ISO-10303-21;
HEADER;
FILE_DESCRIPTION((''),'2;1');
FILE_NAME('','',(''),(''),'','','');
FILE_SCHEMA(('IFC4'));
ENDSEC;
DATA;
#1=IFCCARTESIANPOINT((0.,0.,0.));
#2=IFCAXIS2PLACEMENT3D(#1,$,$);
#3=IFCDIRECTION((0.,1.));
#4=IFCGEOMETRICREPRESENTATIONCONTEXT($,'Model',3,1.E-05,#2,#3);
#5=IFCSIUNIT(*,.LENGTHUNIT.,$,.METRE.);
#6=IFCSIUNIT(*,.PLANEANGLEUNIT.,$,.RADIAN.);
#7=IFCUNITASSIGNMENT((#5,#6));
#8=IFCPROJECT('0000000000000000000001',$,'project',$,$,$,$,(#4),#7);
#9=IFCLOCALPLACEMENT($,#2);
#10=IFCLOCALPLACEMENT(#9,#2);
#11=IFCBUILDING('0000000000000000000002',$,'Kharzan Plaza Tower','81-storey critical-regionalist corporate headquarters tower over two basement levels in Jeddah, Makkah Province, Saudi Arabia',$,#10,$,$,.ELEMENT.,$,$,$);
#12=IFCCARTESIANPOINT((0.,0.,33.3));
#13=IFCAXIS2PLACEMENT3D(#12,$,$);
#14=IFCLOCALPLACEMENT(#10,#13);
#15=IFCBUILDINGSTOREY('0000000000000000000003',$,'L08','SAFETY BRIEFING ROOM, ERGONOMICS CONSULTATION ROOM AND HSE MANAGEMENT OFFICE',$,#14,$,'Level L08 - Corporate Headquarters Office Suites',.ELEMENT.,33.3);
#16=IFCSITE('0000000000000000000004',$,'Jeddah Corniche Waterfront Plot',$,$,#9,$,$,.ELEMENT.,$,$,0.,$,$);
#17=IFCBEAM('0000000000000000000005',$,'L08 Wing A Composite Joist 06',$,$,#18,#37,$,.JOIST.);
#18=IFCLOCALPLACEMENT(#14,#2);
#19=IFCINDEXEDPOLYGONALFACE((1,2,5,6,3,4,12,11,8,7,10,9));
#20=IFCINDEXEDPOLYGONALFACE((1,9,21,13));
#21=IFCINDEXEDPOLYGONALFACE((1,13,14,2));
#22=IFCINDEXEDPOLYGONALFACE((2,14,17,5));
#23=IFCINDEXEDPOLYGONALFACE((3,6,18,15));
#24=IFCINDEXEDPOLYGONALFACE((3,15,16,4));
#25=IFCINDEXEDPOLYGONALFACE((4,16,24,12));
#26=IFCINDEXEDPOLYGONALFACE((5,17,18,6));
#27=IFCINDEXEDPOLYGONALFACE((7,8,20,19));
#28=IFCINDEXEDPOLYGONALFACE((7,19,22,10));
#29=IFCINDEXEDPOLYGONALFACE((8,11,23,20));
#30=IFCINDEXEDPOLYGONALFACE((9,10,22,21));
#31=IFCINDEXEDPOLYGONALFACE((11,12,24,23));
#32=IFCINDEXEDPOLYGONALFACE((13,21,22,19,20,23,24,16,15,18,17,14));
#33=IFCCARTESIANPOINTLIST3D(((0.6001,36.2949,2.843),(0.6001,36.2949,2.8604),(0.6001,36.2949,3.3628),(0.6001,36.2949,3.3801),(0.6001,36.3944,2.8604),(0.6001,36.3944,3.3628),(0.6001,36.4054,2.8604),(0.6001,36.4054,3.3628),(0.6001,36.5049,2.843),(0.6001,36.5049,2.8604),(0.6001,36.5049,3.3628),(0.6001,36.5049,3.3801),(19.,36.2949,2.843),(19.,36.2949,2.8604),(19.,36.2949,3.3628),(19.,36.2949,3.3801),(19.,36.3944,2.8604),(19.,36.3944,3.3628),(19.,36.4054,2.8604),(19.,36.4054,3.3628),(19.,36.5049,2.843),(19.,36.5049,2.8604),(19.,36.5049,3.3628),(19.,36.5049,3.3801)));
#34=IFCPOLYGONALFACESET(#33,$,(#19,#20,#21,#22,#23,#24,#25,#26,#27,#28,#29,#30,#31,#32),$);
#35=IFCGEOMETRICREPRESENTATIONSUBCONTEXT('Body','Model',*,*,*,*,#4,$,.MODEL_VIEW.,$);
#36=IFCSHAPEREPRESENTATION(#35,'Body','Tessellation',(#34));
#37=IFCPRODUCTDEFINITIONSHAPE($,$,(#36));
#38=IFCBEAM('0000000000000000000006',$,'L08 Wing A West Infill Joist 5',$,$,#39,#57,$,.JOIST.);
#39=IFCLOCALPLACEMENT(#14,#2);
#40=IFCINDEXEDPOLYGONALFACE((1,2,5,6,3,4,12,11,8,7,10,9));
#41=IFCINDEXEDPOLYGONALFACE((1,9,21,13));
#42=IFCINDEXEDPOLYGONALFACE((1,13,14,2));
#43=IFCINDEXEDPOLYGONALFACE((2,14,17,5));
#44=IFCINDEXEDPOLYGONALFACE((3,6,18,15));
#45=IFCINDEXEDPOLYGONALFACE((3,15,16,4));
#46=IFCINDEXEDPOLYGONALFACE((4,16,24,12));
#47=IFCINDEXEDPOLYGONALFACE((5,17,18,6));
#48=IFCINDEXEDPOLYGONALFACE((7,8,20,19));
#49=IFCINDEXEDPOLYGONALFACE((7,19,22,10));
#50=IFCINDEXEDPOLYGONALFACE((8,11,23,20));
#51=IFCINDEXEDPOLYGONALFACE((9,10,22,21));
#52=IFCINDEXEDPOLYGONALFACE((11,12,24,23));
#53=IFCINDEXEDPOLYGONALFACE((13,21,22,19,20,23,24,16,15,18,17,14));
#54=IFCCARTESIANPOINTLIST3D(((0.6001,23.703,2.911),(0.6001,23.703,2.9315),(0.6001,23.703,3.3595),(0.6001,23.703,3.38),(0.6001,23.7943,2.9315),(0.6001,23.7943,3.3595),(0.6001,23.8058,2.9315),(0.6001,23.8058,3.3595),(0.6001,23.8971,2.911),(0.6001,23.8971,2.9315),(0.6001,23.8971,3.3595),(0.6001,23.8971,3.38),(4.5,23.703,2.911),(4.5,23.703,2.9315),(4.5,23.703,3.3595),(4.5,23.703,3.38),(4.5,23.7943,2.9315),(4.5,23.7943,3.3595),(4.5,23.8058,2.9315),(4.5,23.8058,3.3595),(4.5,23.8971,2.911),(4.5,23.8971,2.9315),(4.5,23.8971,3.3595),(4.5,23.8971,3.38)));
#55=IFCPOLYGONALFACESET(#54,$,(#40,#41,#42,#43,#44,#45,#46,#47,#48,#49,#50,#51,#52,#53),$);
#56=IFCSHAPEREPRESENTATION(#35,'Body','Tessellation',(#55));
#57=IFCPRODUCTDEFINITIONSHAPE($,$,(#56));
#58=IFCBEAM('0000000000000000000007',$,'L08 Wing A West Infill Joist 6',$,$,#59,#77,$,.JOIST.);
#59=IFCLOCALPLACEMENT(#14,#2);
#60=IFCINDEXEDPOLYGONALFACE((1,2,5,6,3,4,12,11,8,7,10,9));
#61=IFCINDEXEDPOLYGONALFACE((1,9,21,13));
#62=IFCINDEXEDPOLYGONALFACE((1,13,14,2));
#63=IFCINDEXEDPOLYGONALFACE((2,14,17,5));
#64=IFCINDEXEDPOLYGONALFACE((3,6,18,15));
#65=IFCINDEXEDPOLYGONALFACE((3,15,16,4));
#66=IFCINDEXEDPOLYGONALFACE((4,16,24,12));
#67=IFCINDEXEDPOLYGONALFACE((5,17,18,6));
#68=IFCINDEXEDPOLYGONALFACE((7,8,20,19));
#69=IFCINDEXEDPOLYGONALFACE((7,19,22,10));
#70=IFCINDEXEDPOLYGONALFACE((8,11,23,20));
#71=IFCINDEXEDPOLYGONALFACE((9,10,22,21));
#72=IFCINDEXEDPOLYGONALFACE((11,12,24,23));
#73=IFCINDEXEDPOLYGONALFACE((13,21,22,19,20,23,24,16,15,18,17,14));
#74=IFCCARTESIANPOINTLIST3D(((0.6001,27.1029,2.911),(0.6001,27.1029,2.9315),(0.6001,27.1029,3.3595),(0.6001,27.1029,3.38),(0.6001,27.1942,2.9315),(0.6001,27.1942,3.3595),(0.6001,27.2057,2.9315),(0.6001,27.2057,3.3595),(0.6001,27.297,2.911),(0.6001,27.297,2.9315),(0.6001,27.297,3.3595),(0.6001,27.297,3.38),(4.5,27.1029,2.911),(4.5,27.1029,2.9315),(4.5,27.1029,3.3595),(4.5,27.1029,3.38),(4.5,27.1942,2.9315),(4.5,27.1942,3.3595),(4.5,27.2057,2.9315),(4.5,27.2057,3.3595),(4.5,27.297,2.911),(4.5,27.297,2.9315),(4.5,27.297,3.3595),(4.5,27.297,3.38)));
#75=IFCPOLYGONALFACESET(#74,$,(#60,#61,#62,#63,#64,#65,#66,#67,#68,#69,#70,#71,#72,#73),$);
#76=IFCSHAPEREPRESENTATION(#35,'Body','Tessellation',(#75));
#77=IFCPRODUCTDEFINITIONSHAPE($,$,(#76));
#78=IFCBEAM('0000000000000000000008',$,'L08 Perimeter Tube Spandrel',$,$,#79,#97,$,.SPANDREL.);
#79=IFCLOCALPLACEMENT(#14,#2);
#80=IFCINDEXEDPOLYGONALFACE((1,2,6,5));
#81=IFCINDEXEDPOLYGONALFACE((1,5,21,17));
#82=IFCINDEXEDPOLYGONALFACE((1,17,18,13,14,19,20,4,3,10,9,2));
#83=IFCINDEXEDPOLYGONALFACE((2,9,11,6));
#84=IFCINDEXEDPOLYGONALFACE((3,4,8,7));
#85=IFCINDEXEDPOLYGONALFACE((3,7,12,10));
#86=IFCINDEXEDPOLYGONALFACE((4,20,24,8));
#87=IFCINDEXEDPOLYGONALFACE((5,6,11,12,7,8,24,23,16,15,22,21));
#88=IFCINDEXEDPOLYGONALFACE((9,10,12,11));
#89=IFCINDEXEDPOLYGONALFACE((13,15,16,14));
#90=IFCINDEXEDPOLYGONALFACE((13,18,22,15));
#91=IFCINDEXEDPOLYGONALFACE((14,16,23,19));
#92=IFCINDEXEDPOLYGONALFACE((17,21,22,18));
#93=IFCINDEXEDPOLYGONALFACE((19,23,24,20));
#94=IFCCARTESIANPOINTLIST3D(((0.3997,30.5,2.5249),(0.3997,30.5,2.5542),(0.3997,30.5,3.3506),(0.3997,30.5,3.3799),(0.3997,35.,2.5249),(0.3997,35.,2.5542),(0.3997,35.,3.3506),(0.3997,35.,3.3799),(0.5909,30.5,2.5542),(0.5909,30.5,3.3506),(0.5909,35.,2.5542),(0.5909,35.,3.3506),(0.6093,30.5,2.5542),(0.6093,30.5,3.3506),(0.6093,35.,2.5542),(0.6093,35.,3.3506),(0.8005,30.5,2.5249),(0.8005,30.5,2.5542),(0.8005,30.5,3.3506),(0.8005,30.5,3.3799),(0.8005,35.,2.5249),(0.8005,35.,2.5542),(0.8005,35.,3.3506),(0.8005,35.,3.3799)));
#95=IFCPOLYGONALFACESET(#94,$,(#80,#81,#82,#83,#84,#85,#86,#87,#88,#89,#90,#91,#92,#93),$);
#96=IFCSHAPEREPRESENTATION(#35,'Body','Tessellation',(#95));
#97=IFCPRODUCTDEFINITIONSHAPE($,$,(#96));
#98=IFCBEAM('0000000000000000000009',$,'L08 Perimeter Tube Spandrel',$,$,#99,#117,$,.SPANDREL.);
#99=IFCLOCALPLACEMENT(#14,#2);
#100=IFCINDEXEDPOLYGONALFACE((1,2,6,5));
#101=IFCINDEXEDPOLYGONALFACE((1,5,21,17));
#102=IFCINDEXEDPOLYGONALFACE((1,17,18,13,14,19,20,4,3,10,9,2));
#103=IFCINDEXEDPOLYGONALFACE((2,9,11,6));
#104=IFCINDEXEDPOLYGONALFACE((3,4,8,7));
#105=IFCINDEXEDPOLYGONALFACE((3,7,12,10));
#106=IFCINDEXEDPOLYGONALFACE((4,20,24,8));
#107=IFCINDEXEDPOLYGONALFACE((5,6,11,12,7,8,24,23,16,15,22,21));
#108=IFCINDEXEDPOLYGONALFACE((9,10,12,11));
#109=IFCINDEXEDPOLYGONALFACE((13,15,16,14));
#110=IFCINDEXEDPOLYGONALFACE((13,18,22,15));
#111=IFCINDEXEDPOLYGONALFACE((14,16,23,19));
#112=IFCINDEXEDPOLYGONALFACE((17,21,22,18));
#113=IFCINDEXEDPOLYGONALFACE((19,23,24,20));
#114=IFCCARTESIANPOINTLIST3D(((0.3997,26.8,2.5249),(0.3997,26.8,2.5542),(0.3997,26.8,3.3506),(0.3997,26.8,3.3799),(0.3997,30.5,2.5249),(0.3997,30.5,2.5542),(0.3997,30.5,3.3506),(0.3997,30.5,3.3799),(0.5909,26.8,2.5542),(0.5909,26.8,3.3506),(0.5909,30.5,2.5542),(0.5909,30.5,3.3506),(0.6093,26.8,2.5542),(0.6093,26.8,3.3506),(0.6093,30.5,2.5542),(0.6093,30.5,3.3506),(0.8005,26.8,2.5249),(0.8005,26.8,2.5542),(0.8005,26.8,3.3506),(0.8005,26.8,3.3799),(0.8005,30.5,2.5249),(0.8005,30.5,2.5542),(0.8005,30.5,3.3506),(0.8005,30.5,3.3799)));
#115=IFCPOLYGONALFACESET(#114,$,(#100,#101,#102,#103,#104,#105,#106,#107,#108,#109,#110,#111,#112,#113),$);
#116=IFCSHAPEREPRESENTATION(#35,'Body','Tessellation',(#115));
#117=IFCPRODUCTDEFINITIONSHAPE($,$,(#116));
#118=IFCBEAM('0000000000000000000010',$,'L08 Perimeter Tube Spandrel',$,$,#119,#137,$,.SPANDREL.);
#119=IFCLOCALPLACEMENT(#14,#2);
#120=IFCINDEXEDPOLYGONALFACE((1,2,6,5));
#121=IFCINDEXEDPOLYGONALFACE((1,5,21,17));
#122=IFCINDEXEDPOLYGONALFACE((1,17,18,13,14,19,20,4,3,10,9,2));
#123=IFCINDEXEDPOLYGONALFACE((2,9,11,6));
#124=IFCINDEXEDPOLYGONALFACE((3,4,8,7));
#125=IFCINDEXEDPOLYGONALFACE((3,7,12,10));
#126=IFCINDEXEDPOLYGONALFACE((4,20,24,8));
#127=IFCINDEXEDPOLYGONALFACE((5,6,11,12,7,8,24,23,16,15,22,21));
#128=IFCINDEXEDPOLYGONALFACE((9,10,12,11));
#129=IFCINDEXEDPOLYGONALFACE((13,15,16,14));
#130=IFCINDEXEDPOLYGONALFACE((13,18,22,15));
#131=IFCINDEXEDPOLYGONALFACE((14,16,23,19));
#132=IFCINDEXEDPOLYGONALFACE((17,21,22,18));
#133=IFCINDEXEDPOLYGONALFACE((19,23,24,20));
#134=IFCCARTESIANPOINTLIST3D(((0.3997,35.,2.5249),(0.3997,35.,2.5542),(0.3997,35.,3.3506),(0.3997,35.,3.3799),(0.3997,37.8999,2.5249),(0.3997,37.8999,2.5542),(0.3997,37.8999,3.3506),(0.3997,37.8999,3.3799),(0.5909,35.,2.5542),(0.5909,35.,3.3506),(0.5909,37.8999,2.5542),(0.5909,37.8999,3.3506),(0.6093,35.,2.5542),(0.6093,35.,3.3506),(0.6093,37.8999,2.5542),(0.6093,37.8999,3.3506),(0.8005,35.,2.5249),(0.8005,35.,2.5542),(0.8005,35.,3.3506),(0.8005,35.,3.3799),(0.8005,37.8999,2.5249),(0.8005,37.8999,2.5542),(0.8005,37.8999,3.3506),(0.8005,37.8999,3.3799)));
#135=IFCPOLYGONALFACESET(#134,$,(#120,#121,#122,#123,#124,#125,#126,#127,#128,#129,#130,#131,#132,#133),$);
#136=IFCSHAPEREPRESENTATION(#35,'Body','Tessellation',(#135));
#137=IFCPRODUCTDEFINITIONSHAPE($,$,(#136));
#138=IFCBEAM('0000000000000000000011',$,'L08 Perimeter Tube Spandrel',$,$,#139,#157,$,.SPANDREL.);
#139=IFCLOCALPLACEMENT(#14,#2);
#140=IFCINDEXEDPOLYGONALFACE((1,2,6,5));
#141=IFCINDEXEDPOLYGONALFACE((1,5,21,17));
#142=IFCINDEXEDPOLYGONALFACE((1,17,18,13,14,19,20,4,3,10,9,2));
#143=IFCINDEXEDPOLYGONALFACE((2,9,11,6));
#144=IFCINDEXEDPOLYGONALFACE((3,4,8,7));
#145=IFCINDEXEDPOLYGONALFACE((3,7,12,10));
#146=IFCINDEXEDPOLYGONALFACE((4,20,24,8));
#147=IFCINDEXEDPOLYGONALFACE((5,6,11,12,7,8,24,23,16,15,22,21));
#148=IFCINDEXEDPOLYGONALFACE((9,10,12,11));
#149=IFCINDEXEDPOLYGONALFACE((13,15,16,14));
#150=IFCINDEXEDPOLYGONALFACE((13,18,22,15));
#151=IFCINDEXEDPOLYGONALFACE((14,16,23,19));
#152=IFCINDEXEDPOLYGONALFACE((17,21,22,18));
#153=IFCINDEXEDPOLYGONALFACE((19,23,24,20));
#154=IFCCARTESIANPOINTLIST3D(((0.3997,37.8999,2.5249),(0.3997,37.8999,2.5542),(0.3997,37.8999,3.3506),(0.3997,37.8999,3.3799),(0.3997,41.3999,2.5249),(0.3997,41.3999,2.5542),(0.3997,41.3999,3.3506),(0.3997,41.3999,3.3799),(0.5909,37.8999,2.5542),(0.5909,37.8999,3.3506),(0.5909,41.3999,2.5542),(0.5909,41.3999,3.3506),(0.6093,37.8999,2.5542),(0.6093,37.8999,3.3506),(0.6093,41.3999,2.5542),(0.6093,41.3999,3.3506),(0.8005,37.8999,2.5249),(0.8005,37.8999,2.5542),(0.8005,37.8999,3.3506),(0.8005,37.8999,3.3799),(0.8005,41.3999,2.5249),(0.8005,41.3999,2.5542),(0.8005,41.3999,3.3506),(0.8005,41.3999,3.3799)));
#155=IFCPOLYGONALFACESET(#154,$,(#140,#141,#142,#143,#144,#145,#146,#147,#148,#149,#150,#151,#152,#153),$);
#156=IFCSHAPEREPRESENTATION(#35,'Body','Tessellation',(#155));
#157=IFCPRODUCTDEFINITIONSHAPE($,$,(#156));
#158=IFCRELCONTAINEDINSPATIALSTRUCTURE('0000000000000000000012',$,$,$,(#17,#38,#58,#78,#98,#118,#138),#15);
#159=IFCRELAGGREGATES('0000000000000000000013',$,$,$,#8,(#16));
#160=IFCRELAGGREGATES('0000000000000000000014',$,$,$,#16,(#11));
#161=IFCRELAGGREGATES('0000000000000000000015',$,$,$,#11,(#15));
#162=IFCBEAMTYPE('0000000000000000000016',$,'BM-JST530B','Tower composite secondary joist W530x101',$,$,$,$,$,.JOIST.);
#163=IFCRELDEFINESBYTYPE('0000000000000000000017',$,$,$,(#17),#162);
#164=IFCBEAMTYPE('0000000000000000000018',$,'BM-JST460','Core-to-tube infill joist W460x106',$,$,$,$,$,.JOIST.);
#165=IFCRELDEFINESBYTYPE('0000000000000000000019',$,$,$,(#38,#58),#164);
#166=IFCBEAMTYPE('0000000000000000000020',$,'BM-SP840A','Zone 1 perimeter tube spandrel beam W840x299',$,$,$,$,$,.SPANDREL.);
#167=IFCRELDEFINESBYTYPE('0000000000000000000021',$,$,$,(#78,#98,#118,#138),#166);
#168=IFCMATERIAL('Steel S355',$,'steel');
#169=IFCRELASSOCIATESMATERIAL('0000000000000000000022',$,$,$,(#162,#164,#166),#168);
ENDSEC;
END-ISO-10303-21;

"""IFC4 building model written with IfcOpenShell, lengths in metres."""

from ifc_helpers import new_model, si_unit, direction, frame, origin, origin_2d, place, context, subcontext, project, spatial, i_section, extrude, source, transform, mapped, material, material_profile, profile_set, type_object, element, save


model = new_model("IFC4")

# Units and contexts
model_context = context("Model", 3, precision=1e-05, world=origin(), true_north=direction((0.0, 1.0)))
body_context = subcontext(model_context, "Body", "Model", "MODEL_VIEW")
ifc_project = project(units=[si_unit("LENGTHUNIT", "METRE"), si_unit("PLANEANGLEUNIT", "RADIAN")], contexts=[model_context])

# Site, building, storey
site_placement = place(None, origin())
site = spatial("IfcSite", under=ifc_project, at=site_placement, Name="Jeddah Corniche Waterfront Plot", CompositionType="ELEMENT", RefElevation=0.0)
building_placement = place(site_placement, origin())
building = spatial("IfcBuilding", under=site, at=building_placement, Name="Kharzan Plaza Tower", Description="81-storey critical-regionalist corporate headquarters tower over two basement levels in Jeddah, Makkah Province, Saudi Arabia", CompositionType="ELEMENT")
storey_placement = place(building_placement, frame((0.0, 0.0, 33.3)))
storey = spatial("IfcBuildingStorey", under=building, at=storey_placement, Name="L08", Description="SAFETY BRIEFING ROOM, ERGONOMICS CONSULTATION ROOM AND HSE MANAGEMENT OFFICE", LongName="Level L08 - Corporate Headquarters Office Suites", CompositionType="ELEMENT", Elevation=33.3)

# Beams
ifc_material_1 = material(Name="Steel S355", Category="steel")
ifc_material_profile_1 = material_profile(ifc_material_1, i_section(OverallWidth=0.21, OverallDepth=0.5371, WebThickness=0.011, FlangeThickness=0.0173, at=origin_2d()), Name="W530x101")
ifc_profile_set_1 = profile_set([ifc_material_profile_1], Name="Steel S355")
beam_type_1 = type_object("IfcBeamType", Name="BM-JST530B", Description="Tower composite secondary joist W530x101", PredefinedType="JOIST", material=ifc_profile_set_1)
shared_shape_1 = source(origin(), body_context, "Body", "SweptSolid", [
    extrude(i_section(OverallWidth=0.21, OverallDepth=0.5371, WebThickness=0.011, FlangeThickness=0.0173, at=origin_2d()), origin(), (0.0, 0.0, 1.0), 18.3999),
])
for number, where, z_axis, x_axis, name in (
    (1, (0.6001, 36.3999, 3.1116), (1.0, 0.0, 0.0), (0.0, 1.0, 0.0), "L08 Wing A Composite Joist 06"),
):
    element("IfcBeam", number, at=place(storey_placement, frame(where, z_axis=z_axis, x_axis=x_axis)), inside=storey, type_object=beam_type_1, Name=name, PredefinedType="JOIST", context=body_context, shape_type="MappedRepresentation", body=[
        mapped(shared_shape_1, transform((0.0, 0.0, 0.0), x_axis=(1.0, 0.0, 0.0), y_axis=(0.0, 1.0, 0.0), z_axis=(0.0, 0.0, 1.0))),
    ])
ifc_material_profile_2 = material_profile(ifc_material_1, i_section(OverallWidth=0.1941, OverallDepth=0.469, WebThickness=0.0115, FlangeThickness=0.0205, at=origin_2d()), Name="W460x106")
ifc_profile_set_2 = profile_set([ifc_material_profile_2], Name="Steel S355")
beam_type_2 = type_object("IfcBeamType", Name="BM-JST460", Description="Core-to-tube infill joist W460x106", PredefinedType="JOIST", material=ifc_profile_set_2)
shared_shape_2 = source(origin(), body_context, "Body", "SweptSolid", [
    extrude(i_section(OverallWidth=0.1941, OverallDepth=0.469, WebThickness=0.0115, FlangeThickness=0.0205, at=origin_2d()), origin(), (0.0, 0.0, 1.0), 3.8999),
])
for number, where, z_axis, x_axis, name in (
    (2, (0.6001, 23.8, 3.1455), (1.0, 0.0, 0.0), (0.0, 1.0, 0.0), "L08 Wing A West Infill Joist 5"),
    (3, (0.6001, 27.2, 3.1455), (1.0, 0.0, 0.0), (0.0, 1.0, 0.0), "L08 Wing A West Infill Joist 6"),
):
    element("IfcBeam", number, at=place(storey_placement, frame(where, z_axis=z_axis, x_axis=x_axis)), inside=storey, type_object=beam_type_2, Name=name, PredefinedType="JOIST", context=body_context, shape_type="MappedRepresentation", body=[
        mapped(shared_shape_2, transform((0.0, 0.0, 0.0), x_axis=(1.0, 0.0, 0.0), y_axis=(0.0, 1.0, 0.0), z_axis=(0.0, 0.0, 1.0))),
    ])
ifc_material_profile_3 = material_profile(ifc_material_1, i_section(OverallWidth=0.4009, OverallDepth=0.855, WebThickness=0.0183, FlangeThickness=0.0293, at=origin_2d()), Name="W840x299")
ifc_profile_set_3 = profile_set([ifc_material_profile_3], Name="Steel S355")
beam_type_3 = type_object("IfcBeamType", Name="BM-SP840A", Description="Zone 1 perimeter tube spandrel beam W840x299", PredefinedType="SPANDREL", material=ifc_profile_set_3)
shared_shape_3 = source(origin(), body_context, "Body", "SweptSolid", [
    extrude(i_section(OverallWidth=0.4009, OverallDepth=0.855, WebThickness=0.0183, FlangeThickness=0.0293, at=origin_2d()), origin(), (0.0, 0.0, 1.0), 4.5),
])
beam_1_placement = place(storey_placement, frame((0.6001, 30.5, 2.9524), z_axis=(0.0, 1.0, 0.0), x_axis=(-1.0, 0.0, 0.0)))
element("IfcBeam", 4, at=beam_1_placement, inside=storey, type_object=beam_type_3, Name="L08 Perimeter Tube Spandrel", PredefinedType="SPANDREL", context=body_context, shape_type="MappedRepresentation", body=[
    mapped(shared_shape_3, transform((0.0, 0.0, 0.0), x_axis=(1.0, 0.0, 0.0), y_axis=(0.0, 1.0, 0.0), z_axis=(0.0, 0.0, 1.0))),
])
shared_shape_4 = source(origin(), body_context, "Body", "SweptSolid", [
    extrude(i_section(OverallWidth=0.4009, OverallDepth=0.855, WebThickness=0.0183, FlangeThickness=0.0293, at=origin_2d()), origin(), (0.0, 0.0, 1.0), 3.7),
])
beam_2_placement = place(storey_placement, frame((0.6001, 26.8, 2.9524), z_axis=(0.0, 1.0, 0.0), x_axis=(-1.0, 0.0, 0.0)))
element("IfcBeam", 5, at=beam_2_placement, inside=storey, type_object=beam_type_3, Name="L08 Perimeter Tube Spandrel", PredefinedType="SPANDREL", context=body_context, shape_type="MappedRepresentation", body=[
    mapped(shared_shape_4, transform((0.0, 0.0, 0.0), x_axis=(1.0, 0.0, 0.0), y_axis=(0.0, 1.0, 0.0), z_axis=(0.0, 0.0, 1.0))),
])
shared_shape_5 = source(origin(), body_context, "Body", "SweptSolid", [
    extrude(i_section(OverallWidth=0.4009, OverallDepth=0.855, WebThickness=0.0183, FlangeThickness=0.0293, at=origin_2d()), origin(), (0.0, 0.0, 1.0), 2.8999),
])
beam_3_placement = place(storey_placement, frame((0.6001, 35.0, 2.9524), z_axis=(0.0, 1.0, 0.0), x_axis=(-1.0, 0.0, 0.0)))
element("IfcBeam", 6, at=beam_3_placement, inside=storey, type_object=beam_type_3, Name="L08 Perimeter Tube Spandrel", PredefinedType="SPANDREL", context=body_context, shape_type="MappedRepresentation", body=[
    mapped(shared_shape_5, transform((0.0, 0.0, 0.0), x_axis=(1.0, 0.0, 0.0), y_axis=(0.0, 1.0, 0.0), z_axis=(0.0, 0.0, 1.0))),
])
shared_shape_6 = source(origin(), body_context, "Body", "SweptSolid", [
    extrude(i_section(OverallWidth=0.4009, OverallDepth=0.855, WebThickness=0.0183, FlangeThickness=0.0293, at=origin_2d()), origin(), (0.0, 0.0, 1.0), 3.5),
])
beam_4_placement = place(storey_placement, frame((0.6001, 37.8999, 2.9524), z_axis=(0.0, 1.0, 0.0), x_axis=(-1.0, 0.0, 0.0)))
element("IfcBeam", 7, at=beam_4_placement, inside=storey, type_object=beam_type_3, Name="L08 Perimeter Tube Spandrel", PredefinedType="SPANDREL", context=body_context, shape_type="MappedRepresentation", body=[
    mapped(shared_shape_6, transform((0.0, 0.0, 0.0), x_axis=(1.0, 0.0, 0.0), y_axis=(0.0, 1.0, 0.0), z_axis=(0.0, 0.0, 1.0))),
])

save(model, "model.ifc")
